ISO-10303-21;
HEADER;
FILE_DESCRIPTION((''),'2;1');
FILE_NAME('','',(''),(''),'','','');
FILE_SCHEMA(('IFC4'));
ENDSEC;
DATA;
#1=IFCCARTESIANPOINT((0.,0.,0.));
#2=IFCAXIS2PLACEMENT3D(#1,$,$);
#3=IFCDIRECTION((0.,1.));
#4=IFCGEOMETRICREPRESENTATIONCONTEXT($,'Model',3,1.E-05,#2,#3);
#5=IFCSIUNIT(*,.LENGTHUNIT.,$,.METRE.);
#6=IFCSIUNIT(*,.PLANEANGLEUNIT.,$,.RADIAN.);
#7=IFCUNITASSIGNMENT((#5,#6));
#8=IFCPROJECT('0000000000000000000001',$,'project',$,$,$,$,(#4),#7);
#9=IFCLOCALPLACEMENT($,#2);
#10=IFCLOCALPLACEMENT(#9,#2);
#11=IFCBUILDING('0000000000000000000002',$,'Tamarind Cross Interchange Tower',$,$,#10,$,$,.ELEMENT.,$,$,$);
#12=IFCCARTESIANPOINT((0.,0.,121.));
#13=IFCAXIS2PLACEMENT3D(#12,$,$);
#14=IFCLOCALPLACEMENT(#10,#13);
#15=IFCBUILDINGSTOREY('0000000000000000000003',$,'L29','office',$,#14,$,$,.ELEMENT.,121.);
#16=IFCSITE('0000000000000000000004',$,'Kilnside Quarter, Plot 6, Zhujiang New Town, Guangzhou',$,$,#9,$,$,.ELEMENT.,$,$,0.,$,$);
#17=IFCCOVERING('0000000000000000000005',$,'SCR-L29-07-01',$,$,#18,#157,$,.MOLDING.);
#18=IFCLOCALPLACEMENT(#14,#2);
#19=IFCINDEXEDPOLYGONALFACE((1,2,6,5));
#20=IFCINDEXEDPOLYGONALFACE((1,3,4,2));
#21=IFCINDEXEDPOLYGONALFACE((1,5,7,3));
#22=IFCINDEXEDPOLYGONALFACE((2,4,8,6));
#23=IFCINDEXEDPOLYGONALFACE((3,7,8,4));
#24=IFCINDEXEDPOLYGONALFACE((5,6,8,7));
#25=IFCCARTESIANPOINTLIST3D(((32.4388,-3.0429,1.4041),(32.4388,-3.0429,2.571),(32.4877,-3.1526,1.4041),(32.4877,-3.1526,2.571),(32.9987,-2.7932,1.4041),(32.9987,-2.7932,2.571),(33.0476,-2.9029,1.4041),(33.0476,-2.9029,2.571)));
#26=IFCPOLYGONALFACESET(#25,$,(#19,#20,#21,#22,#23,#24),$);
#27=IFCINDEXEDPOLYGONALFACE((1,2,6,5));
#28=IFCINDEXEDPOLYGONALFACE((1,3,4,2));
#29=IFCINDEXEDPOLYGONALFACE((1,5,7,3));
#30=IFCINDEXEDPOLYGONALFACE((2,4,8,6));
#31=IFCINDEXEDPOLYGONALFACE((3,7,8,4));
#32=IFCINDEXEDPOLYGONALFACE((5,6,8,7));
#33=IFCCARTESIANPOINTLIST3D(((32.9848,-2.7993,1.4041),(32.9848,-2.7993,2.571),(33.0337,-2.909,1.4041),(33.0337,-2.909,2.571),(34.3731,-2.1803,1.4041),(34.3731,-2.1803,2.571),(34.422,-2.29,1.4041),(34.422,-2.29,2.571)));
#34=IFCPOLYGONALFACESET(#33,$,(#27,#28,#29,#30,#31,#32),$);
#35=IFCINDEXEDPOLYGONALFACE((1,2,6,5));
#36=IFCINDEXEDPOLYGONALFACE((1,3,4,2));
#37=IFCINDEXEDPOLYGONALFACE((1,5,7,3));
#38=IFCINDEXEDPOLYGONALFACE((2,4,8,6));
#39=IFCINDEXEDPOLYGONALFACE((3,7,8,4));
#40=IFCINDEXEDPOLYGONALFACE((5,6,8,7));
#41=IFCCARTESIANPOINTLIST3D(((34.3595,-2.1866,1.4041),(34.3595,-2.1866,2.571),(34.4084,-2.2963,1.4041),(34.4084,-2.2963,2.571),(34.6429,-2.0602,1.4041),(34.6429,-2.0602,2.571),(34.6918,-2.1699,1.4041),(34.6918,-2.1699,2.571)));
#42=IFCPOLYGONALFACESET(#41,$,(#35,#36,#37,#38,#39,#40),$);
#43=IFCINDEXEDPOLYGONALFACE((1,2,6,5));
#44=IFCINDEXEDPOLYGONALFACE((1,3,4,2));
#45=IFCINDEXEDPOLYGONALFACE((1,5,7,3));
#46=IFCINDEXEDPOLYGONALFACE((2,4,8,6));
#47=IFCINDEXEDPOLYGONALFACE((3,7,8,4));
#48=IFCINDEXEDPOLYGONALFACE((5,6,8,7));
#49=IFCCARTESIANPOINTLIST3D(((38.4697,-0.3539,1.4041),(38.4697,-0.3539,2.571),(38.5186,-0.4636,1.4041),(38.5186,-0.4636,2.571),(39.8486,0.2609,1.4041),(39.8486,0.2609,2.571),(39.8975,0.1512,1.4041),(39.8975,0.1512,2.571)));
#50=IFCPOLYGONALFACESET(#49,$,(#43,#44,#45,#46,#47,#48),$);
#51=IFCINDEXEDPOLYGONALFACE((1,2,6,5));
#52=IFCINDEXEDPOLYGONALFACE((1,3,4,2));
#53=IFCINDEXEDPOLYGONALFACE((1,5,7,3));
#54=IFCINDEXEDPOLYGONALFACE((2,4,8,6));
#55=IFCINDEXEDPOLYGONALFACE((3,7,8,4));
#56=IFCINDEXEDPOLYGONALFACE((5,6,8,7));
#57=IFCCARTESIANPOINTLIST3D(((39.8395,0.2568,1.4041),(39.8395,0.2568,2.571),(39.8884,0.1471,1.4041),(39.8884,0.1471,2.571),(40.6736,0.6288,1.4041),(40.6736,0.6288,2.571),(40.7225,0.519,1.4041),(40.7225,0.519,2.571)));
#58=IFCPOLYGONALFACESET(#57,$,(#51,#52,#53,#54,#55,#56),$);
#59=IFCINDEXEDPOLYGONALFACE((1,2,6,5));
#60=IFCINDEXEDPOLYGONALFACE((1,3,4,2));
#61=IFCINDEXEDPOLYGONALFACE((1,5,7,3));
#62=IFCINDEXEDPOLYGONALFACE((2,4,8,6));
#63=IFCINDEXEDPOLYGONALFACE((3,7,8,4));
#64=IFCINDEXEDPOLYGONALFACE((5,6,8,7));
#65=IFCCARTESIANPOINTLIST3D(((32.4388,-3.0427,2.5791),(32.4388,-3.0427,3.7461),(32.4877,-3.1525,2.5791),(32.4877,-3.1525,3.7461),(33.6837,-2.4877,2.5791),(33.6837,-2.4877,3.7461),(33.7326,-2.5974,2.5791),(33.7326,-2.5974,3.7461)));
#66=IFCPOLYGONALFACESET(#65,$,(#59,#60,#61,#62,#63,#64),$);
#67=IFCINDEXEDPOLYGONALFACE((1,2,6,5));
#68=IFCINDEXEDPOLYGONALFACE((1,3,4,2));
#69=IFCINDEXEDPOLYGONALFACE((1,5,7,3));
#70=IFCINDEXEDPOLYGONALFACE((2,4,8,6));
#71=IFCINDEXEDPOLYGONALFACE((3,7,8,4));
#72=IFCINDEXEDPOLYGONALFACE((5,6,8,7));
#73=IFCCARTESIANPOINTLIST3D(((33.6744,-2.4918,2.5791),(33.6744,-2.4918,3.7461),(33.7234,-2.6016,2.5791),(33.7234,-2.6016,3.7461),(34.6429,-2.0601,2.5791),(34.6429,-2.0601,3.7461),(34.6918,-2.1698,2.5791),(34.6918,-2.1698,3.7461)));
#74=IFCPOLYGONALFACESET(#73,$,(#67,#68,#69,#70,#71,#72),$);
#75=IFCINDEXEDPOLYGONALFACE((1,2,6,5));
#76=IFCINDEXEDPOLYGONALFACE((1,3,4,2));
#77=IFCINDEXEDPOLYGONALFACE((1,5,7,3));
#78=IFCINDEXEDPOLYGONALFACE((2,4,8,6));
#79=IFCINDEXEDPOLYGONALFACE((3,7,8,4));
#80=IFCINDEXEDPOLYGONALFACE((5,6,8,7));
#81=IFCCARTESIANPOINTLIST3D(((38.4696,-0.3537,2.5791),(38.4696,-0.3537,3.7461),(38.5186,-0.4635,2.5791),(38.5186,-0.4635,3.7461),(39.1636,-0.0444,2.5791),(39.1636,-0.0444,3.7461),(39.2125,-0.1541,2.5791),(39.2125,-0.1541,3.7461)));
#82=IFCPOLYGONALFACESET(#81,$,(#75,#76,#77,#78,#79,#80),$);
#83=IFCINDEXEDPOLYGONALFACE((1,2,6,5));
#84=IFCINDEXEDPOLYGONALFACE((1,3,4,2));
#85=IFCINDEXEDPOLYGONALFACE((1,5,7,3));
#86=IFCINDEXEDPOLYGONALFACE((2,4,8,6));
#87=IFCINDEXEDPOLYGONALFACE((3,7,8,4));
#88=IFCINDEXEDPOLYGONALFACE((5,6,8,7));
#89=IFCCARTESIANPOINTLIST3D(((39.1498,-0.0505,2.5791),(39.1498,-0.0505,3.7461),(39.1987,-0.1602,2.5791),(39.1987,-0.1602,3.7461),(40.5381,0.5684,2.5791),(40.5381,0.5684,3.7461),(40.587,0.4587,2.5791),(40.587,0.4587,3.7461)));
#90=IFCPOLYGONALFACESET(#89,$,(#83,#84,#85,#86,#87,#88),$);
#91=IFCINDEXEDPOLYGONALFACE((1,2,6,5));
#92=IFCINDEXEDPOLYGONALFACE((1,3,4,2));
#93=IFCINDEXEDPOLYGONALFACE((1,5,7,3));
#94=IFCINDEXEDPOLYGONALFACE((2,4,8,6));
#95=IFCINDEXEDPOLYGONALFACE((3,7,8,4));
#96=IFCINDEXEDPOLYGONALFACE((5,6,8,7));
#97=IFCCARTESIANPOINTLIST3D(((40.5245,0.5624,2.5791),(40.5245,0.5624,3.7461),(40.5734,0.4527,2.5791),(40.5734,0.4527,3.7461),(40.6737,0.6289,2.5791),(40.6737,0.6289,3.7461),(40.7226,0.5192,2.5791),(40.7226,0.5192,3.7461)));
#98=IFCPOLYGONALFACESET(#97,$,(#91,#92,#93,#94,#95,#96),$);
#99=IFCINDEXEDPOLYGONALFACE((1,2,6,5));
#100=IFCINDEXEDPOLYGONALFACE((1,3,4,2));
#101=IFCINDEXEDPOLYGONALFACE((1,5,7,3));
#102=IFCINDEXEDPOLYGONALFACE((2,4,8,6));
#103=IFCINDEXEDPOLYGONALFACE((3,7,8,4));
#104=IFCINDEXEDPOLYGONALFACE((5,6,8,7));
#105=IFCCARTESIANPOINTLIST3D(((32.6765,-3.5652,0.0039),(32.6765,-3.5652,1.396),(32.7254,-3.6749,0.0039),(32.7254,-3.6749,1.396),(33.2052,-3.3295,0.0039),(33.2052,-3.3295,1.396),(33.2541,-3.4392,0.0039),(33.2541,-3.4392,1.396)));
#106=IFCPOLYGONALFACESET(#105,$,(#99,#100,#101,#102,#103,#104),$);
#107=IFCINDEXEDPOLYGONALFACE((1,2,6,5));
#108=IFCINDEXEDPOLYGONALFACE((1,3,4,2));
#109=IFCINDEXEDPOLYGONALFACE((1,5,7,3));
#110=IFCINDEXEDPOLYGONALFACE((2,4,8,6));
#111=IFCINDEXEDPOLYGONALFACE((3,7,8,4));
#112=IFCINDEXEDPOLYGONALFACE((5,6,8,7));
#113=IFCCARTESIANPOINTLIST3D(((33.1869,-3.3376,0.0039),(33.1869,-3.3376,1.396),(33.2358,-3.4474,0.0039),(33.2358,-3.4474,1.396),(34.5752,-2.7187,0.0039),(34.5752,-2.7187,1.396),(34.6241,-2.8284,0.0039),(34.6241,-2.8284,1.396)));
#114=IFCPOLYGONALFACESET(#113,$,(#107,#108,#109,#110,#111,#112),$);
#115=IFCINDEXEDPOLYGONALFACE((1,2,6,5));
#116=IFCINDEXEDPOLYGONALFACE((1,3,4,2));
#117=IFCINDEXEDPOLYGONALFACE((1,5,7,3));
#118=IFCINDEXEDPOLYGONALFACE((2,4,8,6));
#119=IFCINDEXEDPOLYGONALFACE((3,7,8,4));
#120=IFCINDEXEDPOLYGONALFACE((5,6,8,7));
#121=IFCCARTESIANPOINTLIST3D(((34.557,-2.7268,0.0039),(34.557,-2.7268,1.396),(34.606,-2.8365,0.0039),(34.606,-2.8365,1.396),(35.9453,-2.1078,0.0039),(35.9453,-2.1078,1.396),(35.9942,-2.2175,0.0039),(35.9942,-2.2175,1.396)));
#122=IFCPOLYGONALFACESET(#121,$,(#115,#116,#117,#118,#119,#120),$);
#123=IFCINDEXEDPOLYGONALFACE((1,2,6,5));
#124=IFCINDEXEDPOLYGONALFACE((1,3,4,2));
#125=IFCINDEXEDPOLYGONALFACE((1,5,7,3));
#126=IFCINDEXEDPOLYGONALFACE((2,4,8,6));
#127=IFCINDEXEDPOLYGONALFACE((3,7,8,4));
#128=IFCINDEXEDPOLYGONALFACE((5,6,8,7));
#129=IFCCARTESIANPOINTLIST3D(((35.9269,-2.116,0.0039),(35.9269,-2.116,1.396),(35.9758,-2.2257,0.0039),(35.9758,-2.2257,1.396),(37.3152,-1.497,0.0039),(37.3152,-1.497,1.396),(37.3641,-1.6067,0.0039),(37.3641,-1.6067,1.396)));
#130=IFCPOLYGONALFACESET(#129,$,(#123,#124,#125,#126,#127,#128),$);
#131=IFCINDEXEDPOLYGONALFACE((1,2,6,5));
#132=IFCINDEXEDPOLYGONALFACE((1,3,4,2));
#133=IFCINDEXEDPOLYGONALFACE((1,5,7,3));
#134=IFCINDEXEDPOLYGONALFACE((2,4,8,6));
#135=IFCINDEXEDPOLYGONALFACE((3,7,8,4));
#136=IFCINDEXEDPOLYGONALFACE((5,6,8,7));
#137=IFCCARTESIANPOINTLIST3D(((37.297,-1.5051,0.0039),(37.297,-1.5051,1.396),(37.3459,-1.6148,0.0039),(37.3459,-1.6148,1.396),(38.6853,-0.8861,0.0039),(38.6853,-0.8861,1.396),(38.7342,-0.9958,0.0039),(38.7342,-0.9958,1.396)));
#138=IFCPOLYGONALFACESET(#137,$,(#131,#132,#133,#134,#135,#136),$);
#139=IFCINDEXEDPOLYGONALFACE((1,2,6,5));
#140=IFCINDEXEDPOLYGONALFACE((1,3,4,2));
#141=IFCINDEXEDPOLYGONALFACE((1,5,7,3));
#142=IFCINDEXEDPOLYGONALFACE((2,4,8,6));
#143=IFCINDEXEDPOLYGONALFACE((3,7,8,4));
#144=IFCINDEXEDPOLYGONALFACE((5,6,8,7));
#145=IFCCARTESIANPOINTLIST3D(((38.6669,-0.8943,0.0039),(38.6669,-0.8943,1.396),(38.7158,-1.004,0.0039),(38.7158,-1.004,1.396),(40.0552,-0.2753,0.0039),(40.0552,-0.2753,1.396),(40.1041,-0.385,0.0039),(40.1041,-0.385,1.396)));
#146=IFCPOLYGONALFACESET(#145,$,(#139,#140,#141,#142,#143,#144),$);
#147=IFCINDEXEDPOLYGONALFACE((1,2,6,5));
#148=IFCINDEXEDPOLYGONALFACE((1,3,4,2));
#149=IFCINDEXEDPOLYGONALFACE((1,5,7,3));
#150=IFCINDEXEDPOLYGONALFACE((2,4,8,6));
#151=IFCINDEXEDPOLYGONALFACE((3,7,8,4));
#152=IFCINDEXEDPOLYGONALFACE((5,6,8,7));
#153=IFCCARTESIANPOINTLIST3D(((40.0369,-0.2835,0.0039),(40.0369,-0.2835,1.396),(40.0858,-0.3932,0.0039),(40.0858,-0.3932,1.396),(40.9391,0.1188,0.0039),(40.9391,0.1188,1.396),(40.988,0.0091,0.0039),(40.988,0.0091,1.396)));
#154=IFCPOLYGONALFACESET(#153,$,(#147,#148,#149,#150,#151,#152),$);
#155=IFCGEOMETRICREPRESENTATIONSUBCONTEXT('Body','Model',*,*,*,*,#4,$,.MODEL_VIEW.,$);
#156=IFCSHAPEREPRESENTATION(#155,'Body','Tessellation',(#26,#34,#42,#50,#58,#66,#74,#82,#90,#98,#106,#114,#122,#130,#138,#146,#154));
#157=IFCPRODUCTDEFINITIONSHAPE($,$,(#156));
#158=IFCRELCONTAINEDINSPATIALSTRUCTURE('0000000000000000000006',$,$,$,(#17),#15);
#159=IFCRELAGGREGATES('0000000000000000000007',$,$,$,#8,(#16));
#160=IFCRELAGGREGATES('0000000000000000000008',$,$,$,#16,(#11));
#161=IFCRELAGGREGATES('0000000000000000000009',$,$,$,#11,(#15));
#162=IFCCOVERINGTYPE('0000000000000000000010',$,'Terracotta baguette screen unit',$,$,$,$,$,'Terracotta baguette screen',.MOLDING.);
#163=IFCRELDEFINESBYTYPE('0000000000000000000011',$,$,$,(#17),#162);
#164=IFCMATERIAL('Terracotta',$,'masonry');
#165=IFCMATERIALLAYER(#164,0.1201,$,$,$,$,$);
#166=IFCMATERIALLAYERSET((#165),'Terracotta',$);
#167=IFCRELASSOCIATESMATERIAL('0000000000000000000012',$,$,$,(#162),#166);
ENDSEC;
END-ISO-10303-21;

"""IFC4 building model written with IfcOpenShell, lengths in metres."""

from ifc_helpers import new_model, si_unit, direction, frame, origin, origin_2d, place, context, subcontext, project, spatial, rectangle, extrude, material, layer, layer_set, type_object, element, save


model = new_model("IFC4")

# Units and contexts
model_context = context("Model", 3, precision=1e-05, world=origin(), true_north=direction((0.0, 1.0)))
body_context = subcontext(model_context, "Body", "Model", "MODEL_VIEW")
ifc_project = project(units=[si_unit("LENGTHUNIT", "METRE"), si_unit("PLANEANGLEUNIT", "RADIAN")], contexts=[model_context])

# Site, building, storey
site_placement = place(None, origin())
site = spatial("IfcSite", under=ifc_project, at=site_placement, Name="Kilnside Quarter, Plot 6, Zhujiang New Town, Guangzhou", CompositionType="ELEMENT", RefElevation=0.0)
building_placement = place(site_placement, origin())
building = spatial("IfcBuilding", under=site, at=building_placement, Name="Tamarind Cross Interchange Tower", CompositionType="ELEMENT")
storey_placement = place(building_placement, frame((0.0, 0.0, 121.0)))
storey = spatial("IfcBuildingStorey", under=building, at=storey_placement, Name="L29", Description="office", CompositionType="ELEMENT", Elevation=121.0)

# Covering
ifc_material_1 = material(Name="Terracotta", Category="masonry")
ifc_layer_1 = layer(ifc_material_1, 0.1201)
ifc_layer_set_1 = layer_set([ifc_layer_1], Name="Terracotta")
covering_type = type_object("IfcCoveringType", Name="Terracotta baguette screen unit", ElementType="Terracotta baguette screen", PredefinedType="MOLDING", material=ifc_layer_set_1)
covering_1_placement = place(storey_placement, origin())
element("IfcCovering", 1, at=covering_1_placement, inside=storey, type_object=covering_type, Name="SCR-L29-07-01", PredefinedType="MOLDING", context=body_context, shape_type="SweptSolid", body=[
    extrude(rectangle(XDim=0.613, YDim=0.1201, at=origin_2d()), frame((32.7432, -2.9729, 1.4041), z_axis=(0.0, 0.0, 1.0), x_axis=(0.91333, 0.407221, 0.0)), (0.0, 0.0, 1.0), 1.167),
    extrude(rectangle(XDim=1.52, YDim=0.1201, at=origin_2d()), frame((33.7034, -2.5447, 1.4041), z_axis=(0.0, 0.0, 1.0), x_axis=(0.91333, 0.407221, 0.0)), (0.0, 0.0, 1.0), 1.167),
    extrude(rectangle(XDim=0.3103, YDim=0.1201, at=origin_2d()), frame((34.5256, -2.1782, 1.4041), z_axis=(0.0, 0.0, 1.0), x_axis=(0.91333, 0.407221, 0.0)), (0.0, 0.0, 1.0), 1.167),
    extrude(rectangle(XDim=1.5098, YDim=0.1201, at=origin_2d()), frame((39.1836, -0.1013, 1.4041), z_axis=(0.0, 0.0, 1.0), x_axis=(0.91333, 0.407221, 0.0)), (0.0, 0.0, 1.0), 1.167),
    extrude(rectangle(XDim=0.9133, YDim=0.1201, at=origin_2d()), frame((40.281, 0.3879, 1.4041), z_axis=(0.0, 0.0, 1.0), x_axis=(0.91333, 0.407221, 0.0)), (0.0, 0.0, 1.0), 1.167),
    extrude(rectangle(XDim=1.363, YDim=0.1201, at=origin_2d()), frame((33.0857, -2.8201, 2.5791), z_axis=(0.0, 0.0, 1.0), x_axis=(0.91333, 0.407221, 0.0)), (0.0, 0.0, 1.0), 1.167),
    extrude(rectangle(XDim=1.0603, YDim=0.1201, at=origin_2d()), frame((34.1831, -2.3308, 2.5791), z_axis=(0.0, 0.0, 1.0), x_axis=(0.91333, 0.407221, 0.0)), (0.0, 0.0, 1.0), 1.167),
    extrude(rectangle(XDim=0.7598, YDim=0.1201, at=origin_2d()), frame((38.8411, -0.2539, 2.5791), z_axis=(0.0, 0.0, 1.0), x_axis=(0.91333, 0.407221, 0.0)), (0.0, 0.0, 1.0), 1.167),
    extrude(rectangle(XDim=1.52, YDim=0.1201, at=origin_2d()), frame((39.8684, 0.2041, 2.5791), z_axis=(0.0, 0.0, 1.0), x_axis=(0.91333, 0.407221, 0.0)), (0.0, 0.0, 1.0), 1.167),
    extrude(rectangle(XDim=0.1633, YDim=0.1201, at=origin_2d()), frame((40.6235, 0.5408, 2.5791), z_axis=(0.0, 0.0, 1.0), x_axis=(0.91333, 0.407221, 0.0)), (0.0, 0.0, 1.0), 1.167),
    extrude(rectangle(XDim=0.5789, YDim=0.1201, at=origin_2d()), frame((32.9653, -3.5022, 0.0039), z_axis=(0.0, 0.0, 1.0), x_axis=(0.91333, 0.407221, 0.0)), (0.0, 0.0, 1.0), 1.3921),
    extrude(rectangle(XDim=1.52, YDim=0.1201, at=origin_2d()), frame((33.9055, -3.083, 0.0039), z_axis=(0.0, 0.0, 1.0), x_axis=(0.91333, 0.407221, 0.0)), (0.0, 0.0, 1.0), 1.3921),
    extrude(rectangle(XDim=1.52, YDim=0.1201, at=origin_2d()), frame((35.2756, -2.4722, 0.0039), z_axis=(0.0, 0.0, 1.0), x_axis=(0.91333, 0.407221, 0.0)), (0.0, 0.0, 1.0), 1.3921),
    extrude(rectangle(XDim=1.52, YDim=0.1201, at=origin_2d()), frame((36.6455, -1.8613, 0.0039), z_axis=(0.0, 0.0, 1.0), x_axis=(0.91333, 0.407221, 0.0)), (0.0, 0.0, 1.0), 1.3921),
    extrude(rectangle(XDim=1.52, YDim=0.1201, at=origin_2d()), frame((38.0156, -1.2505, 0.0039), z_axis=(0.0, 0.0, 1.0), x_axis=(0.91333, 0.407221, 0.0)), (0.0, 0.0, 1.0), 1.3921),
    extrude(rectangle(XDim=1.52, YDim=0.1201, at=origin_2d()), frame((39.3855, -0.6396, 0.0039), z_axis=(0.0, 0.0, 1.0), x_axis=(0.91333, 0.407221, 0.0)), (0.0, 0.0, 1.0), 1.3921),
    extrude(rectangle(XDim=0.9878, YDim=0.1201, at=origin_2d()), frame((40.5125, -0.1372, 0.0039), z_axis=(0.0, 0.0, 1.0), x_axis=(0.91333, 0.407221, 0.0)), (0.0, 0.0, 1.0), 1.3921),
])

save(model, "model.ifc")
